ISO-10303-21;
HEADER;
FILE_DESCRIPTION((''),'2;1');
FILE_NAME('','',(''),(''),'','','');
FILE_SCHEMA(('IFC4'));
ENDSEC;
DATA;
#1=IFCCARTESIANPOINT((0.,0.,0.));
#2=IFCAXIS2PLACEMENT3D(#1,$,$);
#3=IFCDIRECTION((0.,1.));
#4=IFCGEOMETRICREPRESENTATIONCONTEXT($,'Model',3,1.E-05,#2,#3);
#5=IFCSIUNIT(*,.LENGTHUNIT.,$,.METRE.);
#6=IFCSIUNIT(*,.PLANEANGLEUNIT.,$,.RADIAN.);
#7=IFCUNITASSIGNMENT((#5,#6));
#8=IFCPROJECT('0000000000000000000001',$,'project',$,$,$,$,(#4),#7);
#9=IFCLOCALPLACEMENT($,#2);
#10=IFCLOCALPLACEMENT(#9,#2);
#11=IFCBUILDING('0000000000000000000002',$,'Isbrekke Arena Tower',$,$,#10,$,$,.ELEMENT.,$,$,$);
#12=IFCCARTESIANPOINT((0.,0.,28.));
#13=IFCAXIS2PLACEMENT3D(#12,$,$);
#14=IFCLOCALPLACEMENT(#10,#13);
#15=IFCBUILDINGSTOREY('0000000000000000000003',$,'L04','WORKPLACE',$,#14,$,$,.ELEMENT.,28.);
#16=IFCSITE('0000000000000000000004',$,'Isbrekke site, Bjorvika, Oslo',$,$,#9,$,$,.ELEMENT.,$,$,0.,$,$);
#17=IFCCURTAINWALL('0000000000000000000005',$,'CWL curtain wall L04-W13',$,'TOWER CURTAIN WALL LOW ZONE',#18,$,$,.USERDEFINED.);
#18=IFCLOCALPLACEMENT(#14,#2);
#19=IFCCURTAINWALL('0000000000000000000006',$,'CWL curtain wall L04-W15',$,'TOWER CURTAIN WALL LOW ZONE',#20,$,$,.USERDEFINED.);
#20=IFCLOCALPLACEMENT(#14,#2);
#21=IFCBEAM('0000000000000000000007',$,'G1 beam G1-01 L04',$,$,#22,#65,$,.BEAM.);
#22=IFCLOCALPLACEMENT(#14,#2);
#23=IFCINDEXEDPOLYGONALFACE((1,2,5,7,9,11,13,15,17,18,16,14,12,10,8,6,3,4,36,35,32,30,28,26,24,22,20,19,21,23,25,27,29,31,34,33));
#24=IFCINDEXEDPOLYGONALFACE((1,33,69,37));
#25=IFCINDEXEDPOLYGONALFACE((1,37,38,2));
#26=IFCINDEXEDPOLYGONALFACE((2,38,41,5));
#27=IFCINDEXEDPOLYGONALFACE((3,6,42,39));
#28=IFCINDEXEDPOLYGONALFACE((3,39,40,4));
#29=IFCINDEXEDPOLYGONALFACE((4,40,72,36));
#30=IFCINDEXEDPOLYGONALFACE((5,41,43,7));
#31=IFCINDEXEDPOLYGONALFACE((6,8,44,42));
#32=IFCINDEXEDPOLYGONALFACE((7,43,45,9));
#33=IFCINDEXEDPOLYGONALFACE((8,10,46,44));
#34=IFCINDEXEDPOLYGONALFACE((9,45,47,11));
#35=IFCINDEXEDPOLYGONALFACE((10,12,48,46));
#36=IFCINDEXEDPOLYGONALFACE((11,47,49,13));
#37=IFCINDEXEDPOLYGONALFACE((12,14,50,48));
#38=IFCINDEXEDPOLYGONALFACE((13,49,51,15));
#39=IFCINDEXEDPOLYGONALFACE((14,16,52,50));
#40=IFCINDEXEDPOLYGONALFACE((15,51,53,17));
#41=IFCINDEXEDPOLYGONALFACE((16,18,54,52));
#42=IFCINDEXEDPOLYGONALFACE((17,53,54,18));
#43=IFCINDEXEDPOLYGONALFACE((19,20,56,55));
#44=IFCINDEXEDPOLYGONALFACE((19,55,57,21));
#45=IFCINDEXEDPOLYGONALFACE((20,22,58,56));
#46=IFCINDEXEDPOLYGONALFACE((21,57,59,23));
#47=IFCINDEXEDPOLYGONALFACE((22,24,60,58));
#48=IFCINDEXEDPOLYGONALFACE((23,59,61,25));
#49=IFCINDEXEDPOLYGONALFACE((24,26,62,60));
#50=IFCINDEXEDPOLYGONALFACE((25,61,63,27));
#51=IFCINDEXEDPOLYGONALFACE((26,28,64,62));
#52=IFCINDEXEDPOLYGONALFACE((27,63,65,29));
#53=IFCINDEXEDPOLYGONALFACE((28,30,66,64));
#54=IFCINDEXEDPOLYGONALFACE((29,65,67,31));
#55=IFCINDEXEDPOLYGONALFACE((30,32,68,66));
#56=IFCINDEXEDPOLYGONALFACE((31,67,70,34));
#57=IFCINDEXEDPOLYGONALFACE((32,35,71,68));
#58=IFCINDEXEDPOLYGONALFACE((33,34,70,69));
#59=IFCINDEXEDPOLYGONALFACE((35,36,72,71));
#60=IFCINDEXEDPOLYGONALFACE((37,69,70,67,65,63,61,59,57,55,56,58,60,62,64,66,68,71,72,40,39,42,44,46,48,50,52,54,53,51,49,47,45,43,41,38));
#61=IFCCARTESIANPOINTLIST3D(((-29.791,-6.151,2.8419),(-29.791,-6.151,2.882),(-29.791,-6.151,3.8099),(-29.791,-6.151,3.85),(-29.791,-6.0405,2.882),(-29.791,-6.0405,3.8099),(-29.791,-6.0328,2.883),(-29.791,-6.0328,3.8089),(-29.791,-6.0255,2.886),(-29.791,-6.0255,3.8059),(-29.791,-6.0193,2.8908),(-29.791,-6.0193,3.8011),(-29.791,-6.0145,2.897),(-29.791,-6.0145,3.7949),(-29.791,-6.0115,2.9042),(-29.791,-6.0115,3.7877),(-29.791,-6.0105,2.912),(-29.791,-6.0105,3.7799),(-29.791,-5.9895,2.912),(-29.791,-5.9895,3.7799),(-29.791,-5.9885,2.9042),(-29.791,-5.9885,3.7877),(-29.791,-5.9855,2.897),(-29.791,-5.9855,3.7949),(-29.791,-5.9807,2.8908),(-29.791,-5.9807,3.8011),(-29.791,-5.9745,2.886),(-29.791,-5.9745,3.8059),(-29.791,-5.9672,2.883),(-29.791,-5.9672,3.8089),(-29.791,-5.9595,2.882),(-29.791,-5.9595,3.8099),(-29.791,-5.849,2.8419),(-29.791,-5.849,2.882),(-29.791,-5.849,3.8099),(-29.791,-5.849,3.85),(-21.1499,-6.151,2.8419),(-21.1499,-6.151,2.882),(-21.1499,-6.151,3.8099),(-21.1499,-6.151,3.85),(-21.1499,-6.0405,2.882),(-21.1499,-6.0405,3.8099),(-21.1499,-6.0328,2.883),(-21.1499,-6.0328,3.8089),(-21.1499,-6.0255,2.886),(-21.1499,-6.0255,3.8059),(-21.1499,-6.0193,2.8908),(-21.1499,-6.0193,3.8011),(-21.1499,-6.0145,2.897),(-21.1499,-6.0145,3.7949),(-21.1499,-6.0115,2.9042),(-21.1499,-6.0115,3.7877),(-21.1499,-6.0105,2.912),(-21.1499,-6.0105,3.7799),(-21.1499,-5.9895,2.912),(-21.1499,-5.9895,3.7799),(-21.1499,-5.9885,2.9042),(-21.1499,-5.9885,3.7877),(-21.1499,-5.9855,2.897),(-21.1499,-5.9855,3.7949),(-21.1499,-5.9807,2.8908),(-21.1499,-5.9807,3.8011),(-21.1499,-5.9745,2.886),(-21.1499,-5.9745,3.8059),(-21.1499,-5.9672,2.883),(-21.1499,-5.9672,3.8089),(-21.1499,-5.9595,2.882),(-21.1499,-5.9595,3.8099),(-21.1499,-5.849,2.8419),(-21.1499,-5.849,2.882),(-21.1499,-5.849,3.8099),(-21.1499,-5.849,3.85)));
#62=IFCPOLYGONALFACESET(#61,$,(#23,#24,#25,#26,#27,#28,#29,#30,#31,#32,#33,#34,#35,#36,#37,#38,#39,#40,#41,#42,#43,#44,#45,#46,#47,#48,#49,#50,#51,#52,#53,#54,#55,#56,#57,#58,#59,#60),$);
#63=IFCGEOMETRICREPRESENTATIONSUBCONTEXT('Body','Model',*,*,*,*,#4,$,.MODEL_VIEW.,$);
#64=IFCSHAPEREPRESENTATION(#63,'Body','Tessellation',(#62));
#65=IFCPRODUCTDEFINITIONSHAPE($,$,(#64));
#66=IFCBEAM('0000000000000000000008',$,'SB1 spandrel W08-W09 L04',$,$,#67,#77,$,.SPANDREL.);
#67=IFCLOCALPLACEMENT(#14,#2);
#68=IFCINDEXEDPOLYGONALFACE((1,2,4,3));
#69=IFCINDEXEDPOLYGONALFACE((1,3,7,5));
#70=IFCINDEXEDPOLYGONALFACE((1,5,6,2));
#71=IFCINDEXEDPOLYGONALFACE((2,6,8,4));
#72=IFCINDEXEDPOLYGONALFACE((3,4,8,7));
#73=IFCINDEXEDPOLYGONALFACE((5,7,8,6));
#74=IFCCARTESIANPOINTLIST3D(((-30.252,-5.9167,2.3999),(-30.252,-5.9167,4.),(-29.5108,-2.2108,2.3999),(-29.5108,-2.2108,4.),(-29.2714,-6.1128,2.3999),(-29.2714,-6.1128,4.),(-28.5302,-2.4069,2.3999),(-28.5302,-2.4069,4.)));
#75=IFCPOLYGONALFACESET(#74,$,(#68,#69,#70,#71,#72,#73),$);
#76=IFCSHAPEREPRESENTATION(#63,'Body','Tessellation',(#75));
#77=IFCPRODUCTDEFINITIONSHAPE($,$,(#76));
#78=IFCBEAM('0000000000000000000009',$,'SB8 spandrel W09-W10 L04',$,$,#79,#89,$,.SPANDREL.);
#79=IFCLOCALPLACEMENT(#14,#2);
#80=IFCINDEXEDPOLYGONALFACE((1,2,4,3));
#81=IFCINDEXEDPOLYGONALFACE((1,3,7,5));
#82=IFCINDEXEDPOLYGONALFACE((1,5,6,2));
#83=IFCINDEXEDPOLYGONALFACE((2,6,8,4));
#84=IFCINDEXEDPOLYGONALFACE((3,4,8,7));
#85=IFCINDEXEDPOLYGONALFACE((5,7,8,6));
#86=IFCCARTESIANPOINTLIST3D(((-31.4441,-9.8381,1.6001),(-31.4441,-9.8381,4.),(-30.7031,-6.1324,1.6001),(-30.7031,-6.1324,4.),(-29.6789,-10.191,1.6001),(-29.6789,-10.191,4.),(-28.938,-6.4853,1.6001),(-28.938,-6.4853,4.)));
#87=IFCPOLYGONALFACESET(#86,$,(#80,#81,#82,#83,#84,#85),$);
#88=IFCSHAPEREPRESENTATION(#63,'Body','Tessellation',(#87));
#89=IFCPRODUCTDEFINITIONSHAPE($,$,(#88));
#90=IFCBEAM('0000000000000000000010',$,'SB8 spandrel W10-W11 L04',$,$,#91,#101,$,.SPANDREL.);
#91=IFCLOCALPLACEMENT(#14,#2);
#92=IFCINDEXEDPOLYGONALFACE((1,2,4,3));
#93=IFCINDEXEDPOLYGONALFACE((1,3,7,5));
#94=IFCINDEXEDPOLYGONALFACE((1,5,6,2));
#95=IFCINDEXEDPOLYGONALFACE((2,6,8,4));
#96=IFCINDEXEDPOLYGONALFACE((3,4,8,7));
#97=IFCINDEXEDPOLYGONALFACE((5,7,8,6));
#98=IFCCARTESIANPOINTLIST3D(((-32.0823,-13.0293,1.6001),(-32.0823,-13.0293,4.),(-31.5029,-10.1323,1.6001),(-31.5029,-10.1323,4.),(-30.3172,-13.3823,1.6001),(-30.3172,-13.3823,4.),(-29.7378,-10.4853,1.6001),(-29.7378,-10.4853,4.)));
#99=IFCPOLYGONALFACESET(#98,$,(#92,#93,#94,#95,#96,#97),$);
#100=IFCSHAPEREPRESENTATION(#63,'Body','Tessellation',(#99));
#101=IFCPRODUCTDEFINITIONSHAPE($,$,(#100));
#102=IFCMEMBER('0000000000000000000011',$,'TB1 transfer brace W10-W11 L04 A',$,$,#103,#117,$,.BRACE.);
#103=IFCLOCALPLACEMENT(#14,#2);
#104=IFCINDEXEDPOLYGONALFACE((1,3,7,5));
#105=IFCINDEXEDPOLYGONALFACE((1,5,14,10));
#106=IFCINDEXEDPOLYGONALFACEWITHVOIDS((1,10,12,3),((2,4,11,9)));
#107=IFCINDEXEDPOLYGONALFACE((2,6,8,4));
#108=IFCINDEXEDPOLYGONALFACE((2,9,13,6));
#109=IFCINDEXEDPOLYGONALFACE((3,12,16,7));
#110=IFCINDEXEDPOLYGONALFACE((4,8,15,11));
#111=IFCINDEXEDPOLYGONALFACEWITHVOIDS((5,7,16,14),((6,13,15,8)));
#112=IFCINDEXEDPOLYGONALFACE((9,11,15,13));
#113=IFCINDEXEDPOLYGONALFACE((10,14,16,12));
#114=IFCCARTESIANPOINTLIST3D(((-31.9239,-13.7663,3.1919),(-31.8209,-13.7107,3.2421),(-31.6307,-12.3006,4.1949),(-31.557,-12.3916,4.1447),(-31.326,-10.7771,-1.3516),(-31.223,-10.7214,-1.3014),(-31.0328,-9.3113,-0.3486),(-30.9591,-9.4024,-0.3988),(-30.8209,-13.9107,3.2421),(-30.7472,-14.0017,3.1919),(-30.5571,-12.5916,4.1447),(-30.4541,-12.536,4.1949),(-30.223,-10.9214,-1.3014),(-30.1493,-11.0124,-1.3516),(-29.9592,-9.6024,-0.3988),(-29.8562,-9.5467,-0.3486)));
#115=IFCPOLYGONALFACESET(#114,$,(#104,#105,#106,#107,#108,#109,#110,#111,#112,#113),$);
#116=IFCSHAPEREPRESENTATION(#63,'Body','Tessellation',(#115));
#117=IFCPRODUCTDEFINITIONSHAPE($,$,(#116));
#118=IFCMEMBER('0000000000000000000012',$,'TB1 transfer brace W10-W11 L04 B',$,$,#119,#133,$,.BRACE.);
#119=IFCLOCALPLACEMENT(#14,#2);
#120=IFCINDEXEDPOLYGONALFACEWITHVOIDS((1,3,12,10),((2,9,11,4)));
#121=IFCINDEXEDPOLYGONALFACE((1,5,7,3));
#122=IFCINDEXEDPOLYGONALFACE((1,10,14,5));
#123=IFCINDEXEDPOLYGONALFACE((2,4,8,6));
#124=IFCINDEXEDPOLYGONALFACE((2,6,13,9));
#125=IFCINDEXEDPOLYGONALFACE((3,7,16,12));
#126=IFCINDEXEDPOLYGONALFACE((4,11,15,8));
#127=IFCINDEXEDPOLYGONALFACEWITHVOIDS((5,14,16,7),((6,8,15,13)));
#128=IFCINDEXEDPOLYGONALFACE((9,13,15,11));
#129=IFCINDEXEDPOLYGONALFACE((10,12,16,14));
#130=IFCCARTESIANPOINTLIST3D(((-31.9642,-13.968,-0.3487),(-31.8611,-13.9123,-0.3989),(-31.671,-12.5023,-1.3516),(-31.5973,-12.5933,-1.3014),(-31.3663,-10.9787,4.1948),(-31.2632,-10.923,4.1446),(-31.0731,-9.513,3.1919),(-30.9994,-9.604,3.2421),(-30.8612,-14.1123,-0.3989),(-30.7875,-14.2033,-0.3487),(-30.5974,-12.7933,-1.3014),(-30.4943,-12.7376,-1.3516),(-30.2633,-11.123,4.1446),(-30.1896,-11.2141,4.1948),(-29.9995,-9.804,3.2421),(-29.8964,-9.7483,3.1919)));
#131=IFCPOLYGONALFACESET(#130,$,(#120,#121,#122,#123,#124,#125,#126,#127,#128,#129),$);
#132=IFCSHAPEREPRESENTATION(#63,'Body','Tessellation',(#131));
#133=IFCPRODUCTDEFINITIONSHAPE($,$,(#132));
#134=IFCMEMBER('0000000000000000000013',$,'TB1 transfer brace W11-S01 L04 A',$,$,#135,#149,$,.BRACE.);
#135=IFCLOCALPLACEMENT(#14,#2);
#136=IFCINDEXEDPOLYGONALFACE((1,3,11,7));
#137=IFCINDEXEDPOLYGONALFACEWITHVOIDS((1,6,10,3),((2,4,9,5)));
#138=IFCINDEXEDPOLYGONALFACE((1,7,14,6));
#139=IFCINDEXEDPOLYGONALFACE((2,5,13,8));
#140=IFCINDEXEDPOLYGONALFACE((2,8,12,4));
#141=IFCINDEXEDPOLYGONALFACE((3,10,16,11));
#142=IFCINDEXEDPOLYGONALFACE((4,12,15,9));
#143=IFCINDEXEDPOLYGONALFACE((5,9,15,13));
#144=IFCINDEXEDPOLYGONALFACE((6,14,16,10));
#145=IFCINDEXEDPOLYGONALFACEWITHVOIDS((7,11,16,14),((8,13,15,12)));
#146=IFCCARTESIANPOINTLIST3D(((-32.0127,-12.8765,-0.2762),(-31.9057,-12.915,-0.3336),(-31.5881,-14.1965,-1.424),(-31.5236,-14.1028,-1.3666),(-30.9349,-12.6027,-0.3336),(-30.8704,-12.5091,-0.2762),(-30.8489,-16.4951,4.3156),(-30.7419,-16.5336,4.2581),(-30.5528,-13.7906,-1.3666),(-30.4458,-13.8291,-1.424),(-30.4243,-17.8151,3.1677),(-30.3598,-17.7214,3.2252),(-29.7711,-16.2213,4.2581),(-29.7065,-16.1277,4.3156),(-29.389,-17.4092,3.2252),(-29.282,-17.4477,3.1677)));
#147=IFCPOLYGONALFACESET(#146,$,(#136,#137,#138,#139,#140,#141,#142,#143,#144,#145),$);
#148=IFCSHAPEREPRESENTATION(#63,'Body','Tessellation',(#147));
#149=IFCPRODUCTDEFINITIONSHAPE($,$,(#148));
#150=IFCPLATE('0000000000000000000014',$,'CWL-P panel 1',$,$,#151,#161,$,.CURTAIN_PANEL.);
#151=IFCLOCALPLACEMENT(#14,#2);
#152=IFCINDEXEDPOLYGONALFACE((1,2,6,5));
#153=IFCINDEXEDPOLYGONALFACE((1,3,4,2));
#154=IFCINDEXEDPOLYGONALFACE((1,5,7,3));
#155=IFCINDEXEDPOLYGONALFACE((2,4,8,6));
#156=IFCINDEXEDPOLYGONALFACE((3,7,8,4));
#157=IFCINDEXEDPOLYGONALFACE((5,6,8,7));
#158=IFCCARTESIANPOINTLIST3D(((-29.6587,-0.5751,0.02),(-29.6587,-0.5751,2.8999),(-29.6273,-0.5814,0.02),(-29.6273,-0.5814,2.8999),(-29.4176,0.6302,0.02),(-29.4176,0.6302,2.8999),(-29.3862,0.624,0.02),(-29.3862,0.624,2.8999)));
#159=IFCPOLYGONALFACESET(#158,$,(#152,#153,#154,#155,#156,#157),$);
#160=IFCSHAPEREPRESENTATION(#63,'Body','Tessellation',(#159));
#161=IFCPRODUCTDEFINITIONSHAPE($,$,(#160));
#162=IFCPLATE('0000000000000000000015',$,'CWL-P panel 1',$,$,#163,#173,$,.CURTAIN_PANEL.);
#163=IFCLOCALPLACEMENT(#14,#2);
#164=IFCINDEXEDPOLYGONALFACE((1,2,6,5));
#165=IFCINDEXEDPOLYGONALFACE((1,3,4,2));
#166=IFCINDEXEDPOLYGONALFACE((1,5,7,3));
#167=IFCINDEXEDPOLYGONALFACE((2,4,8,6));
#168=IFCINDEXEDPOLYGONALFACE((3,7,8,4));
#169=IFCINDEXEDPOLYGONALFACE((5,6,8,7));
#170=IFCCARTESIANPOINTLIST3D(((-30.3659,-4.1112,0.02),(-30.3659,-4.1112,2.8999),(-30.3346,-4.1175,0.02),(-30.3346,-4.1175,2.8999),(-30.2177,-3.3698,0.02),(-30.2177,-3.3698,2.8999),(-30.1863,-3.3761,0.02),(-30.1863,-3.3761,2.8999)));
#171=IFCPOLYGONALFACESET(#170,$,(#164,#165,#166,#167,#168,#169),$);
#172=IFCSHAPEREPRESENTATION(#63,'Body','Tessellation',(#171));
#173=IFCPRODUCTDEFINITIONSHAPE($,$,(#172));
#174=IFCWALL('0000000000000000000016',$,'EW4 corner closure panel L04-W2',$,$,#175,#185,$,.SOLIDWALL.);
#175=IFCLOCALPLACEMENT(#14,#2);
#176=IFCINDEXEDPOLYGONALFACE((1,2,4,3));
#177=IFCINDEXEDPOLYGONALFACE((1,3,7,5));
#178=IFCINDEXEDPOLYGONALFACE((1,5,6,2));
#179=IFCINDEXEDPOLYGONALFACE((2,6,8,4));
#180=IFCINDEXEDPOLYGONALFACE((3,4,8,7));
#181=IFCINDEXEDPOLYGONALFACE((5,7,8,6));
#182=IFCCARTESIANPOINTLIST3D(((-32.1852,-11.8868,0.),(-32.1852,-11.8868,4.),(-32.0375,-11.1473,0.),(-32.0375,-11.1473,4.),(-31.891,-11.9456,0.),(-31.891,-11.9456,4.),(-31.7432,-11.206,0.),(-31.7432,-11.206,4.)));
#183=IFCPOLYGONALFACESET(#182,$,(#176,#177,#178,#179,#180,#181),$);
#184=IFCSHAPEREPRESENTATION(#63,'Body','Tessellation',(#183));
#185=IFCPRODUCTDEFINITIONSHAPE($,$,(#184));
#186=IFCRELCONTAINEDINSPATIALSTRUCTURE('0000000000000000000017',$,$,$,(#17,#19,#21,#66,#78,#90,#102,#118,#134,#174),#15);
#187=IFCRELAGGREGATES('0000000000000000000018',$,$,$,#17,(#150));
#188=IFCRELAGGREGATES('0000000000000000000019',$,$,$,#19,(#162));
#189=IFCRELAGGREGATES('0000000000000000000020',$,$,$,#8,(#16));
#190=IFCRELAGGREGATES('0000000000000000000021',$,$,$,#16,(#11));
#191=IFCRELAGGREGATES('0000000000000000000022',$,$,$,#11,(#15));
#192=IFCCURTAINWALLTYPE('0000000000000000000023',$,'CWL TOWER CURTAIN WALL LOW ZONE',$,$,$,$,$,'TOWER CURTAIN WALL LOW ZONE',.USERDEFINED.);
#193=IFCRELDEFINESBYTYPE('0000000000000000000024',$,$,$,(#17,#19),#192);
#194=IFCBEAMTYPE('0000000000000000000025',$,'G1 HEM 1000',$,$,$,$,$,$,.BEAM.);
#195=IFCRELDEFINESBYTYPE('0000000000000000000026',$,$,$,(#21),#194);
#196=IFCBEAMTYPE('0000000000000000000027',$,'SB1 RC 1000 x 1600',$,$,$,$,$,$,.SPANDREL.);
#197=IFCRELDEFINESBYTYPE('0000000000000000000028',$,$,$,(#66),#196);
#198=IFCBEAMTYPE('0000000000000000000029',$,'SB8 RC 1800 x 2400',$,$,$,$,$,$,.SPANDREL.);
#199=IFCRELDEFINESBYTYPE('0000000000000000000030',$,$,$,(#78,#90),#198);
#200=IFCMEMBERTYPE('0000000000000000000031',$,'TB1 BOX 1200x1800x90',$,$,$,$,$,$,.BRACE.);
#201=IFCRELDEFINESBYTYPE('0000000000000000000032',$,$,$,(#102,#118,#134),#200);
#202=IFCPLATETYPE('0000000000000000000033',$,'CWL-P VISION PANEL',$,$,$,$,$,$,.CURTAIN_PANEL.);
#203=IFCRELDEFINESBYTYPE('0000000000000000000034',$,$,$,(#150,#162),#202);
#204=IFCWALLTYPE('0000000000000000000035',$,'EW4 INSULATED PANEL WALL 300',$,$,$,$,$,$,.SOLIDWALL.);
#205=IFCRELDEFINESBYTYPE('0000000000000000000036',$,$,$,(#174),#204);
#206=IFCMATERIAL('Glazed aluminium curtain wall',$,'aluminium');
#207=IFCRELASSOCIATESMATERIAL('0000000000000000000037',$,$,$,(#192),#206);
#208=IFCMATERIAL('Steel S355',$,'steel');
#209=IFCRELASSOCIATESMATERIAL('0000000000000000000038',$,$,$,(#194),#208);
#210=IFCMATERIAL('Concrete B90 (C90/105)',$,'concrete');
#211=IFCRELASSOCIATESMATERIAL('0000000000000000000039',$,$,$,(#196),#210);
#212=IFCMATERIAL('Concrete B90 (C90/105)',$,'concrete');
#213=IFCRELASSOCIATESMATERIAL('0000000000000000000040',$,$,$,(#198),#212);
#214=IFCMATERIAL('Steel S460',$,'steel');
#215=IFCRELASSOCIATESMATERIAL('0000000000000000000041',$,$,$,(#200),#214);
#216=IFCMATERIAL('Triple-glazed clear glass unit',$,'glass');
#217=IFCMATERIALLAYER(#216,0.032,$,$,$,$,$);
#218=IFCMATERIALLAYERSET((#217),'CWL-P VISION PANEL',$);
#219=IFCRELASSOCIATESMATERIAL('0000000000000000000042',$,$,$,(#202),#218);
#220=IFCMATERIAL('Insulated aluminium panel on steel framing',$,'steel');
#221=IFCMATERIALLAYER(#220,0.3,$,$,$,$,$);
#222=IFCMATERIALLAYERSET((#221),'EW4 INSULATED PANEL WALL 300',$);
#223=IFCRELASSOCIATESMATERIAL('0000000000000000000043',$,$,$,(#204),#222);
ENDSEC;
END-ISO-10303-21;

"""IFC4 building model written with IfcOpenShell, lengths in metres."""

from ifc_helpers import new_model, si_unit, direction, frame, frame_2d, origin, origin_2d, place, context, subcontext, project, spatial, rectangle, hollow_rectangle, i_section, extrude, material, layer, layer_set, material_profile, profile_set, type_object, element, aggregate, save


model = new_model("IFC4")

# Units and contexts
model_context = context("Model", 3, precision=1e-05, world=origin(), true_north=direction((0.0, 1.0)))
body_context = subcontext(model_context, "Body", "Model", "MODEL_VIEW")
ifc_project = project(units=[si_unit("LENGTHUNIT", "METRE"), si_unit("PLANEANGLEUNIT", "RADIAN")], contexts=[model_context])

# Site, building, storey
site_placement = place(None, origin())
site = spatial("IfcSite", under=ifc_project, at=site_placement, Name="Isbrekke site, Bjorvika, Oslo", CompositionType="ELEMENT", RefElevation=0.0)
building_placement = place(site_placement, origin())
building = spatial("IfcBuilding", under=site, at=building_placement, Name="Isbrekke Arena Tower", CompositionType="ELEMENT")
storey_placement = place(building_placement, frame((0.0, 0.0, 28.0)))
storey = spatial("IfcBuildingStorey", under=building, at=storey_placement, Name="L04", Description="WORKPLACE", CompositionType="ELEMENT", Elevation=28.0)

# Curtain walls
ifc_material_1 = material(Name="Glazed aluminium curtain wall", Category="aluminium")
curtain_wall_type = type_object("IfcCurtainWallType", Name="CWL TOWER CURTAIN WALL LOW ZONE", ElementType="TOWER CURTAIN WALL LOW ZONE", PredefinedType="USERDEFINED", material=ifc_material_1)
curtain_wall_1_placement = place(storey_placement, origin())
curtain_wall_1 = element("IfcCurtainWall", 1, at=curtain_wall_1_placement, inside=storey, type_object=curtain_wall_type, Name="CWL curtain wall L04-W13", ObjectType="TOWER CURTAIN WALL LOW ZONE", PredefinedType="USERDEFINED")
curtain_wall_2_placement = place(storey_placement, origin())
curtain_wall_2 = element("IfcCurtainWall", 2, at=curtain_wall_2_placement, inside=storey, type_object=curtain_wall_type, Name="CWL curtain wall L04-W15", ObjectType="TOWER CURTAIN WALL LOW ZONE", PredefinedType="USERDEFINED")

# Beams
ifc_material_2 = material(Name="Steel S355", Category="steel")
ifc_material_profile_1 = material_profile(ifc_material_2, i_section(OverallWidth=0.302, OverallDepth=1.0081, WebThickness=0.021, FlangeThickness=0.04, FilletRadius=0.03, at=origin_2d()), Name="HEM 1000")
ifc_profile_set_1 = profile_set([ifc_material_profile_1], Name="Steel S355")
beam_type_1 = type_object("IfcBeamType", Name="G1 HEM 1000", PredefinedType="BEAM", material=ifc_profile_set_1)
beam_1_placement = place(storey_placement, frame((-29.791, -6.0, 3.3459), z_axis=(1.0, 0.0, 0.0), x_axis=(0.0, 1.0, 0.0)))
element("IfcBeam", 3, at=beam_1_placement, inside=storey, type_object=beam_type_1, Name="G1 beam G1-01 L04", PredefinedType="BEAM", context=body_context, shape_type="SweptSolid", body=[
    extrude(i_section(OverallWidth=0.302, OverallDepth=1.0081, WebThickness=0.021, FlangeThickness=0.04, FilletRadius=0.03, at=origin_2d()), origin(), (0.0, 0.0, 1.0), 8.6411),
])
ifc_material_3 = material(Name="Concrete B90 (C90/105)", Category="concrete")
ifc_material_profile_2 = material_profile(ifc_material_3, rectangle(XDim=1.0, YDim=1.6001, at=origin_2d()), Name="RC 1000x1600")
ifc_profile_set_2 = profile_set([ifc_material_profile_2], Name="Concrete B90 (C90/105)")
beam_type_2 = type_object("IfcBeamType", Name="SB1 RC 1000 x 1600", PredefinedType="SPANDREL", material=ifc_profile_set_2)
beam_2_placement = place(storey_placement, frame((-29.0205, -2.3088, 3.2), z_axis=(-0.196129, -0.980578, 0.0), x_axis=(0.980578, -0.196129, 0.0)))
element("IfcBeam", 4, at=beam_2_placement, inside=storey, type_object=beam_type_2, Name="SB1 spandrel W08-W09 L04", PredefinedType="SPANDREL", context=body_context, shape_type="SweptSolid", body=[
    extrude(rectangle(XDim=1.0, YDim=1.6001, at=origin_2d()), origin(), (0.0, 0.0, 1.0), 3.7793),
])
ifc_material_4 = material(Name="Concrete B90 (C90/105)", Category="concrete")
ifc_material_profile_3 = material_profile(ifc_material_4, rectangle(XDim=1.8, YDim=2.3999, at=origin_2d()), Name="RC 1800x2400")
ifc_profile_set_3 = profile_set([ifc_material_profile_3], Name="Concrete B90 (C90/105)")
beam_type_3 = type_object("IfcBeamType", Name="SB8 RC 1800 x 2400", PredefinedType="SPANDREL", material=ifc_profile_set_3)
beam_3_placement = place(storey_placement, frame((-29.8206, -6.3088, 2.8), z_axis=(-0.196066, -0.980591, 0.0), x_axis=(0.980591, -0.196066, 0.0)))
element("IfcBeam", 5, at=beam_3_placement, inside=storey, type_object=beam_type_3, Name="SB8 spandrel W09-W10 L04", PredefinedType="SPANDREL", context=body_context, shape_type="SweptSolid", body=[
    extrude(rectangle(XDim=1.8, YDim=2.3999, at=origin_2d()), origin(), (0.0, 0.0, 1.0), 3.7791),
])
beam_4_placement = place(storey_placement, frame((-30.6204, -10.3088, 2.8), z_axis=(-0.1961, -0.980584, 0.0), x_axis=(0.980584, -0.1961, 0.0)))
element("IfcBeam", 6, at=beam_4_placement, inside=storey, type_object=beam_type_3, Name="SB8 spandrel W10-W11 L04", PredefinedType="SPANDREL", context=body_context, shape_type="SweptSolid", body=[
    extrude(rectangle(XDim=1.8, YDim=2.3999, at=origin_2d()), origin(), (0.0, 0.0, 1.0), 2.9543),
])

# Members
ifc_material_5 = material(Name="Steel S460", Category="steel")
ifc_material_profile_4 = material_profile(ifc_material_5, hollow_rectangle(XDim=1.2, YDim=1.8, WallThickness=0.0901, at=origin_2d()), Name="BOX 1200x1800x90")
ifc_profile_set_4 = profile_set([ifc_material_profile_4], Name="Steel S460")
member_type_1 = type_object("IfcMemberType", Name="TB1 BOX 1200x1800x90", PredefinedType="BRACE", material=ifc_profile_set_4)
for number, where, z_axis, x_axis, name in (
    (7, (-30.5911, -10.1619, -0.8501), (-0.109278, -0.546343, 0.830402), (0.980578, -0.196132, 0.0), "TB1 transfer brace W10-W11 L04 A"),
    (8, (-30.6313, -10.3635, 3.6934), (-0.109278, -0.546343, -0.830402), (0.980578, -0.196132, 0.0), "TB1 transfer brace W10-W11 L04 B"),
):
    element("IfcMember", number, at=place(storey_placement, frame(where, z_axis=z_axis, x_axis=x_axis)), inside=storey, type_object=member_type_1, Name=name, PredefinedType="BRACE", context=body_context, shape_type="SweptSolid", body=[
        extrude(hollow_rectangle(XDim=1.2, YDim=1.8, WallThickness=0.0901, at=origin_2d()), origin(), (0.0, 0.0, 1.0), 5.4714),
    ])
member_1_placement = place(storey_placement, frame((-31.2292, -13.3528, -0.8501), z_axis=(0.195238, -0.607053, 0.770304), x_axis=(0.951976, 0.306171, 0.0)))
element("IfcMember", 9, at=member_1_placement, inside=storey, type_object=member_type_1, Name="TB1 transfer brace W11-S01 L04 A", PredefinedType="BRACE", context=body_context, shape_type="SweptSolid", body=[
    extrude(hollow_rectangle(XDim=1.2, YDim=1.8, WallThickness=0.0901, at=origin_2d()), origin(), (0.0, 0.0, 1.0), 5.9609),
])

# Plates
ifc_material_6 = material(Name="Triple-glazed clear glass unit", Category="glass")
ifc_layer_1 = layer(ifc_material_6, 0.032)
ifc_layer_set_1 = layer_set([ifc_layer_1], Name="CWL-P VISION PANEL")
plate_type = type_object("IfcPlateType", Name="CWL-P VISION PANEL", PredefinedType="CURTAIN_PANEL", material=ifc_layer_set_1)
plate_1_placement = place(storey_placement, frame((-29.5225, 0.0244, 0.02), z_axis=(0.0, 0.0, 1.0), x_axis=(-0.196116, -0.980581, 0.0)))
plate_1 = element("IfcPlate", 10, at=plate_1_placement, type_object=plate_type, Name="CWL-P panel 1", PredefinedType="CURTAIN_PANEL", context=body_context, shape_type="SweptSolid", body=[
    extrude(rectangle(XDim=1.2292, YDim=0.032, at=origin_2d()), origin(), (0.0, 0.0, 1.0), 2.8799),
])
aggregate(curtain_wall_1, [plate_1])
plate_2_placement = place(storey_placement, frame((-30.2761, -3.7437, 0.02), z_axis=(0.0, 0.0, 1.0), x_axis=(-0.196116, -0.980581, 0.0)))
plate_2 = element("IfcPlate", 11, at=plate_2_placement, type_object=plate_type, Name="CWL-P panel 1", PredefinedType="CURTAIN_PANEL", context=body_context, shape_type="SweptSolid", body=[
    extrude(rectangle(XDim=0.7561, YDim=0.032, at=origin_2d()), origin(), (0.0, 0.0, 1.0), 2.8799),
])
aggregate(curtain_wall_2, [plate_2])

# Wall
ifc_material_7 = material(Name="Insulated aluminium panel on steel framing", Category="steel")
ifc_layer_2 = layer(ifc_material_7, 0.3)
ifc_layer_set_2 = layer_set([ifc_layer_2], Name="EW4 INSULATED PANEL WALL 300")
wall_type_1 = type_object("IfcWallType", Name="EW4 INSULATED PANEL WALL 300", PredefinedType="SOLIDWALL", material=ifc_layer_set_2)
wall_1_placement = place(storey_placement, frame((-31.8904, -11.1768, 0.0), z_axis=(0.0, 0.0, 1.0), x_axis=(-0.195867, -0.98063, 0.0)))
element("IfcWall", 12, at=wall_1_placement, inside=storey, type_object=wall_type_1, Name="EW4 corner closure panel L04-W2", PredefinedType="SOLIDWALL", context=body_context, shape_type="SweptSolid", body=[
    extrude(rectangle(XDim=0.7542, YDim=0.3, at=frame_2d((0.377, 0.0))), origin(), (0.0, 0.0, 1.0), 4.0),
])

save(model, "model.ifc")
